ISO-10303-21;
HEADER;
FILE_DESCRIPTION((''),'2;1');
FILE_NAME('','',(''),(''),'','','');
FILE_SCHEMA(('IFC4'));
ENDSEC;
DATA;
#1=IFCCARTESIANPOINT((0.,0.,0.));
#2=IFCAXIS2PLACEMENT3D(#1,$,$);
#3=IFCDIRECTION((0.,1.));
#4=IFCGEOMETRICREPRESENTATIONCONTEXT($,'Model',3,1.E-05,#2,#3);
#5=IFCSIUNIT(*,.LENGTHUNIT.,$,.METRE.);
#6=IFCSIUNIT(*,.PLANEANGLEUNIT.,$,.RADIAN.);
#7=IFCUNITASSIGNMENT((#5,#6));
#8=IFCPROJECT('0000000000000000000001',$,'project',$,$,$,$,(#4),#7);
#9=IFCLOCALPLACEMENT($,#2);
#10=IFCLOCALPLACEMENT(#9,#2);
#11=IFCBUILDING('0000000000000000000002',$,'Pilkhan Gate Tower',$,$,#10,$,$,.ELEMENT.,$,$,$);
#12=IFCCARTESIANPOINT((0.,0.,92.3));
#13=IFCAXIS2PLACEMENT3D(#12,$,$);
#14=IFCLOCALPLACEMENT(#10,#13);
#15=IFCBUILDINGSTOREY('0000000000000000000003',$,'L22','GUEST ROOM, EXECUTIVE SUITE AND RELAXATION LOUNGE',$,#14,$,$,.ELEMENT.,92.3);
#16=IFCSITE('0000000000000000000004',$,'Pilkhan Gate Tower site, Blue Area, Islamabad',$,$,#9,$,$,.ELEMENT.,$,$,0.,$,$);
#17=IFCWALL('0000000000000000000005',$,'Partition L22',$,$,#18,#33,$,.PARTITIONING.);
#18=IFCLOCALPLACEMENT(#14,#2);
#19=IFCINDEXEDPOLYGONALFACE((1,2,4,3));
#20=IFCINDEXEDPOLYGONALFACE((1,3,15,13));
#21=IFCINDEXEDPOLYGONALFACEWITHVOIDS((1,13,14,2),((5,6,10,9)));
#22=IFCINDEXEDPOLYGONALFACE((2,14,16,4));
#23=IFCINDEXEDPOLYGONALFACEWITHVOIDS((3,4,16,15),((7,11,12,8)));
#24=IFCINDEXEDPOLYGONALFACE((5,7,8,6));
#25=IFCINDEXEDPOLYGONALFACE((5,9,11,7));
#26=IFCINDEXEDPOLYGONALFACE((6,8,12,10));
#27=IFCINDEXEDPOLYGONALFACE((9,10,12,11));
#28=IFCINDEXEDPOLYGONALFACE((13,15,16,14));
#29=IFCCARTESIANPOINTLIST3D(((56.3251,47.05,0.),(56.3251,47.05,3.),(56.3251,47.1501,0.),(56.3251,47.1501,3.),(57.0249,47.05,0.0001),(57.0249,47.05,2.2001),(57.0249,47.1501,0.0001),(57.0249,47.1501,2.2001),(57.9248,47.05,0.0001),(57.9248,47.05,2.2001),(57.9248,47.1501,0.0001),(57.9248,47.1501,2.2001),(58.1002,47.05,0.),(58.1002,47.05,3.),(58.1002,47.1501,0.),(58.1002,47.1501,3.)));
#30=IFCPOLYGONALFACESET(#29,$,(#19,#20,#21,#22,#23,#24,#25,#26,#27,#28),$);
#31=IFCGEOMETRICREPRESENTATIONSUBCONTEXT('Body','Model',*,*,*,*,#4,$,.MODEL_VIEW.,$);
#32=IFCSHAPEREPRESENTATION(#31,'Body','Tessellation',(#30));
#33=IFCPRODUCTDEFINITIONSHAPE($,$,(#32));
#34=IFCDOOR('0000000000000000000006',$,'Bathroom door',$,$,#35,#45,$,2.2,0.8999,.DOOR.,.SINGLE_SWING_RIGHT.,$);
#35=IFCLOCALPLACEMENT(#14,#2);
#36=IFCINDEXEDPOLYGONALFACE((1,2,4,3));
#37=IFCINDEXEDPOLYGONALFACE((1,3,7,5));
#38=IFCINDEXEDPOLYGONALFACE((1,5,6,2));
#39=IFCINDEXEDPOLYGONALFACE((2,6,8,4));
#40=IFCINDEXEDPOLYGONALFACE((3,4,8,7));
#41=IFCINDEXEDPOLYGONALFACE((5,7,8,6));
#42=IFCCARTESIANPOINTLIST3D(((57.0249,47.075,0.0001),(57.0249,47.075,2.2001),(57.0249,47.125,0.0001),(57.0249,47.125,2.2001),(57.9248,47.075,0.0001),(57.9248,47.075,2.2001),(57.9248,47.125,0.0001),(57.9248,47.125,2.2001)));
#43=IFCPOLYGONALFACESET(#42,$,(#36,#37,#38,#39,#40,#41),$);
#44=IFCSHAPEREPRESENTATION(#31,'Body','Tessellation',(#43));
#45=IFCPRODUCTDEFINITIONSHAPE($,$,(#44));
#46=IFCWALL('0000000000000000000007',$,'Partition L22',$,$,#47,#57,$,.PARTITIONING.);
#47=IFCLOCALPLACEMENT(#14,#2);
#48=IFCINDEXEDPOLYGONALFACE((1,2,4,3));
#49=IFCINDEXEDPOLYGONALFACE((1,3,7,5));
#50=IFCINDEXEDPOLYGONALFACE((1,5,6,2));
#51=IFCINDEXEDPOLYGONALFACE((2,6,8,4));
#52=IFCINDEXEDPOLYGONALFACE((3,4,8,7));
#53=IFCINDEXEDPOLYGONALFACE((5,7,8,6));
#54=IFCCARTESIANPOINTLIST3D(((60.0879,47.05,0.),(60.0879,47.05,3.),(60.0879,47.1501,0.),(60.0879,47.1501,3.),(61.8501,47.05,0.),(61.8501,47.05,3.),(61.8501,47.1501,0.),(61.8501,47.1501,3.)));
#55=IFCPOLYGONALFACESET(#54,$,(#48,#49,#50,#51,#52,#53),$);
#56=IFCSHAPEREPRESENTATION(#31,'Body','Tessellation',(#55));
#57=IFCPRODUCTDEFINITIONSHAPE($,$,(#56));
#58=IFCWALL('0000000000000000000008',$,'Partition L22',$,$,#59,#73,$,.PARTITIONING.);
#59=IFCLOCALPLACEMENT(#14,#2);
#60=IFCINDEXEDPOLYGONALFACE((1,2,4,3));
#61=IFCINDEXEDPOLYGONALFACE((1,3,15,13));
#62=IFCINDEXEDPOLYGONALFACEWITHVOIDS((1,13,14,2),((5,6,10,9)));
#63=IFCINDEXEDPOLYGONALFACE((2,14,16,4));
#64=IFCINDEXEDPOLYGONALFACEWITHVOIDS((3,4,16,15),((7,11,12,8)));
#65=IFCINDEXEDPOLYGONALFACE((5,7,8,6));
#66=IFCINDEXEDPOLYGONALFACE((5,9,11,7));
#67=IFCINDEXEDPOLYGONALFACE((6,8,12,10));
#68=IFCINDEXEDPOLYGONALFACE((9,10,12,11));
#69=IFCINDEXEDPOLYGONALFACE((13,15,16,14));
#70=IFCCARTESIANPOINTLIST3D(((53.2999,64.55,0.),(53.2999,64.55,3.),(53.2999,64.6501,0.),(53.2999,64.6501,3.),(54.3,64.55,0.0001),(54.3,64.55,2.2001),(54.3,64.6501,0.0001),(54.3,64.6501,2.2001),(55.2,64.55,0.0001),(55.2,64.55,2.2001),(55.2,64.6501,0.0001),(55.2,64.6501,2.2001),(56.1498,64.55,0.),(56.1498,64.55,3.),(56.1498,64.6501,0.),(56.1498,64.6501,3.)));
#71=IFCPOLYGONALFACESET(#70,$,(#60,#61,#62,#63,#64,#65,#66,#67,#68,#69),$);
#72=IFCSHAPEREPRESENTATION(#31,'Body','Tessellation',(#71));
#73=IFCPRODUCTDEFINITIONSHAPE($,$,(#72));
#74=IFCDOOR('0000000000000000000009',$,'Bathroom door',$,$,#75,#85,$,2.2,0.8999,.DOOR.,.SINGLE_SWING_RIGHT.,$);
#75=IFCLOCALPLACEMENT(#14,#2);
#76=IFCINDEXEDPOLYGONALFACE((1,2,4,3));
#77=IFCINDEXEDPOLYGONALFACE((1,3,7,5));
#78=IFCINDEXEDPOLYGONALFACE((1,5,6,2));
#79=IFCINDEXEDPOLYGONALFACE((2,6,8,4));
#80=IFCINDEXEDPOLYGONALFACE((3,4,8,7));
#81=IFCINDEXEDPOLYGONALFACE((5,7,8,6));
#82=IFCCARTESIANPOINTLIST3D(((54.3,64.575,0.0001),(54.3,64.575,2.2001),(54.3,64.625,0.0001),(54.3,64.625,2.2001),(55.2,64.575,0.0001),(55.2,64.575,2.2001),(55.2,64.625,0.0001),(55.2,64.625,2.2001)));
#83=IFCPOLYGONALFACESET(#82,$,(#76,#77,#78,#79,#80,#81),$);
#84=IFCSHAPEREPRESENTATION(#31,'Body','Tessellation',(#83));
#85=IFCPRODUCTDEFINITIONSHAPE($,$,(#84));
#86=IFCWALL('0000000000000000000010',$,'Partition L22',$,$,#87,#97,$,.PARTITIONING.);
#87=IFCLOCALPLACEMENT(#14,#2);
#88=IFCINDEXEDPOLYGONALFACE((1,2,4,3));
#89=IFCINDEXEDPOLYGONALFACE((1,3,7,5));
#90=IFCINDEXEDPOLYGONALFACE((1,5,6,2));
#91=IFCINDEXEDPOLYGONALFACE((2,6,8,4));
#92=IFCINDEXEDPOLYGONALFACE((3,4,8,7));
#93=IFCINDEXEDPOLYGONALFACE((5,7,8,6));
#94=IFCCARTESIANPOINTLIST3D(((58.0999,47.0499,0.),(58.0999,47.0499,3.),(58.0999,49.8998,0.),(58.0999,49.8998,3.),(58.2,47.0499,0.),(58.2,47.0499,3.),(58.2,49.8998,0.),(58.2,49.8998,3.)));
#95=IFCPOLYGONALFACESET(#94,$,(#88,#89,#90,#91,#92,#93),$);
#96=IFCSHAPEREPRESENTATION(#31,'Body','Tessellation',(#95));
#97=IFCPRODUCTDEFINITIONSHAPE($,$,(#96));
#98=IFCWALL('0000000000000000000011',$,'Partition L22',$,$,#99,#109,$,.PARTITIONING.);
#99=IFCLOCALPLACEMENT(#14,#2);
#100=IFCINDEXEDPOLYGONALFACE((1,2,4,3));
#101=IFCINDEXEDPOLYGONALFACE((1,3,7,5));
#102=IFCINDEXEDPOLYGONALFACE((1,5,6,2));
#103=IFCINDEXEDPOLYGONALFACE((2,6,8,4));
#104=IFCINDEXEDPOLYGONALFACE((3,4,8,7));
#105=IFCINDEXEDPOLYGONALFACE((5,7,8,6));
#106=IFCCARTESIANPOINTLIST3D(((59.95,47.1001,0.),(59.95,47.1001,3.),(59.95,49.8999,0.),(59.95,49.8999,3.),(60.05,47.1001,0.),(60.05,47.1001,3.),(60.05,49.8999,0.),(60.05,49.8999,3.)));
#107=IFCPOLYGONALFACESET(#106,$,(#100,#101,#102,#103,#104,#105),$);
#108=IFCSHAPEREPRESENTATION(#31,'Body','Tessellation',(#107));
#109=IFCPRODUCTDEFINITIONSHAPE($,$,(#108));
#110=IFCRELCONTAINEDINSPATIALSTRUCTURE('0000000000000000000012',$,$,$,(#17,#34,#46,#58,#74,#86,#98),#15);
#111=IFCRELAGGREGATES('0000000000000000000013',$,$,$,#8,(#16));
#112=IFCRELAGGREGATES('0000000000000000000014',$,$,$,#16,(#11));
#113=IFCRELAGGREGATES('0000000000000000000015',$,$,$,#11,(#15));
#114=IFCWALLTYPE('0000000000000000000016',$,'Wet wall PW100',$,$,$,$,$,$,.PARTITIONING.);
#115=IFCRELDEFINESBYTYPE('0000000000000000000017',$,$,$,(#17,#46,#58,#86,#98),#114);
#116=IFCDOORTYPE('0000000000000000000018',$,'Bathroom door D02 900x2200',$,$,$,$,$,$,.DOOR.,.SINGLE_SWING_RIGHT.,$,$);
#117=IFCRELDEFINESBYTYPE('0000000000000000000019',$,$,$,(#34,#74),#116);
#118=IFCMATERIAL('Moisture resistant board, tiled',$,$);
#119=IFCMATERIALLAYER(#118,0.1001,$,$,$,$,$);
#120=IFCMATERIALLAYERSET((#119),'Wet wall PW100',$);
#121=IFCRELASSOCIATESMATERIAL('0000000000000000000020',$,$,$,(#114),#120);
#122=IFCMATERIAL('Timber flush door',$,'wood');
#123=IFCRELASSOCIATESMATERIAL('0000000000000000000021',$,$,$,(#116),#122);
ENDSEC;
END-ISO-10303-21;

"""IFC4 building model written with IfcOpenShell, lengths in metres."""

from ifc_helpers import new_model, si_unit, direction, frame, frame_2d, origin, place, context, subcontext, project, spatial, rectangle, extrude, material, layer, layer_set, type_object, element, fill, save


model = new_model("IFC4")

# Units and contexts
model_context = context("Model", 3, precision=1e-05, world=origin(), true_north=direction((0.0, 1.0)))
body_context = subcontext(model_context, "Body", "Model", "MODEL_VIEW")
ifc_project = project(units=[si_unit("LENGTHUNIT", "METRE"), si_unit("PLANEANGLEUNIT", "RADIAN")], contexts=[model_context])

# Site, building, storey
site_placement = place(None, origin())
site = spatial("IfcSite", under=ifc_project, at=site_placement, Name="Pilkhan Gate Tower site, Blue Area, Islamabad", CompositionType="ELEMENT", RefElevation=0.0)
building_placement = place(site_placement, origin())
building = spatial("IfcBuilding", under=site, at=building_placement, Name="Pilkhan Gate Tower", CompositionType="ELEMENT")
storey_placement = place(building_placement, frame((0.0, 0.0, 92.3)))
storey = spatial("IfcBuildingStorey", under=building, at=storey_placement, Name="L22", Description="GUEST ROOM, EXECUTIVE SUITE AND RELAXATION LOUNGE", CompositionType="ELEMENT", Elevation=92.3)

# Wall, opening, door
ifc_material_1 = material(Name="Moisture resistant board, tiled")
ifc_layer_1 = layer(ifc_material_1, 0.1001)
ifc_layer_set_1 = layer_set([ifc_layer_1], Name="Wet wall PW100")
wall_type_1 = type_object("IfcWallType", Name="Wet wall PW100", PredefinedType="PARTITIONING", material=ifc_layer_set_1)
wall_1_placement = place(storey_placement, frame((56.325, 47.1001, 0.0), z_axis=(0.0, 0.0, 1.0), x_axis=(1.0, 0.0, 0.0)))
wall_1 = element("IfcWall", 1, at=wall_1_placement, inside=storey, type_object=wall_type_1, Name="Partition L22", PredefinedType="PARTITIONING", context=body_context, shape_type="SweptSolid", body=[
    extrude(rectangle(XDim=1.7751, YDim=0.1001, at=frame_2d((0.8877, 0.0))), origin(), (0.0, 0.0, 1.0), 3.0),
])
opening_1_placement = place(wall_1_placement, frame((0.7, 0.0, 0.0)))
opening_1 = element("IfcOpeningElement", 2, at=opening_1_placement, cuts=wall_1, PredefinedType="OPENING", context=body_context, shape_type="SweptSolid", body=[
    extrude(rectangle(XDim=0.8999, YDim=2.2, at=frame_2d((0.45, 1.1001))), frame((0.0, 0.0601, 0.0), z_axis=(0.0, -1.0, 0.0), x_axis=(1.0, 0.0, 0.0)), (0.0, 0.0, 1.0), 0.1201),
])
ifc_material_2 = material(Name="Timber flush door", Category="wood")
door_type_1 = type_object("IfcDoorType", Name="Bathroom door D02 900x2200", OperationType="SINGLE_SWING_RIGHT", PredefinedType="DOOR", material=ifc_material_2)
door_1_placement = place(opening_1_placement, origin())
door_1 = element("IfcDoor", 3, at=door_1_placement, inside=storey, type_object=door_type_1, Name="Bathroom door", OperationType="SINGLE_SWING_RIGHT", OverallHeight=2.2, OverallWidth=0.8999, PredefinedType="DOOR", context=body_context, shape_type="SweptSolid", body=[
    extrude(rectangle(XDim=0.8999, YDim=2.2, at=frame_2d((0.45, 1.1001))), frame((0.0, 0.0249, 0.0), z_axis=(0.0, -1.0, 0.0), x_axis=(1.0, 0.0, 0.0)), (0.0, 0.0, 1.0), 0.05),
])
fill(opening_1, door_1)

# Wall
wall_2_placement = place(storey_placement, frame((60.0879, 47.1001, 0.0), z_axis=(0.0, 0.0, 1.0), x_axis=(1.0, 0.0, 0.0)))
element("IfcWall", 4, at=wall_2_placement, inside=storey, type_object=wall_type_1, Name="Partition L22", PredefinedType="PARTITIONING", context=body_context, shape_type="SweptSolid", body=[
    extrude(rectangle(XDim=1.7622, YDim=0.1001, at=frame_2d((0.8811, 0.0))), origin(), (0.0, 0.0, 1.0), 3.0),
])

# Wall, opening, door
wall_3_placement = place(storey_placement, frame((53.3, 64.6001, 0.0), z_axis=(0.0, 0.0, 1.0), x_axis=(1.0, 0.0, 0.0)))
wall_3 = element("IfcWall", 5, at=wall_3_placement, inside=storey, type_object=wall_type_1, Name="Partition L22", PredefinedType="PARTITIONING", context=body_context, shape_type="SweptSolid", body=[
    extrude(rectangle(XDim=2.8499, YDim=0.1001, at=frame_2d((1.4248, 0.0))), origin(), (0.0, 0.0, 1.0), 3.0),
])
opening_2_placement = place(wall_3_placement, frame((1.0, 0.0, 0.0)))
opening_2 = element("IfcOpeningElement", 6, at=opening_2_placement, cuts=wall_3, PredefinedType="OPENING", context=body_context, shape_type="SweptSolid", body=[
    extrude(rectangle(XDim=0.8999, YDim=2.2, at=frame_2d((0.45, 1.1001))), frame((0.0, 0.0601, 0.0), z_axis=(0.0, -1.0, 0.0), x_axis=(1.0, 0.0, 0.0)), (0.0, 0.0, 1.0), 0.1201),
])
door_2_placement = place(opening_2_placement, origin())
door_2 = element("IfcDoor", 7, at=door_2_placement, inside=storey, type_object=door_type_1, Name="Bathroom door", OperationType="SINGLE_SWING_RIGHT", OverallHeight=2.2, OverallWidth=0.8999, PredefinedType="DOOR", context=body_context, shape_type="SweptSolid", body=[
    extrude(rectangle(XDim=0.8999, YDim=2.2, at=frame_2d((0.45, 1.1001))), frame((0.0, 0.0249, 0.0), z_axis=(0.0, -1.0, 0.0), x_axis=(1.0, 0.0, 0.0)), (0.0, 0.0, 1.0), 0.05),
])
fill(opening_2, door_2)

# Walls
wall_4_placement = place(storey_placement, frame((58.1499, 47.05, 0.0), z_axis=(0.0, 0.0, 1.0), x_axis=(0.0, 1.0, 0.0)))
element("IfcWall", 8, at=wall_4_placement, inside=storey, type_object=wall_type_1, Name="Partition L22", PredefinedType="PARTITIONING", context=body_context, shape_type="SweptSolid", body=[
    extrude(rectangle(XDim=2.8499, YDim=0.1001, at=frame_2d((1.4248, 0.0))), origin(), (0.0, 0.0, 1.0), 3.0),
])
wall_5_placement = place(storey_placement, frame((60.0, 47.1001, 0.0), z_axis=(0.0, 0.0, 1.0), x_axis=(0.0, 1.0, 0.0)))
element("IfcWall", 9, at=wall_5_placement, inside=storey, type_object=wall_type_1, Name="Partition L22", PredefinedType="PARTITIONING", context=body_context, shape_type="SweptSolid", body=[
    extrude(rectangle(XDim=2.7998, YDim=0.1001, at=frame_2d((1.3999, 0.0))), origin(), (0.0, 0.0, 1.0), 3.0),
])

save(model, "model.ifc")
